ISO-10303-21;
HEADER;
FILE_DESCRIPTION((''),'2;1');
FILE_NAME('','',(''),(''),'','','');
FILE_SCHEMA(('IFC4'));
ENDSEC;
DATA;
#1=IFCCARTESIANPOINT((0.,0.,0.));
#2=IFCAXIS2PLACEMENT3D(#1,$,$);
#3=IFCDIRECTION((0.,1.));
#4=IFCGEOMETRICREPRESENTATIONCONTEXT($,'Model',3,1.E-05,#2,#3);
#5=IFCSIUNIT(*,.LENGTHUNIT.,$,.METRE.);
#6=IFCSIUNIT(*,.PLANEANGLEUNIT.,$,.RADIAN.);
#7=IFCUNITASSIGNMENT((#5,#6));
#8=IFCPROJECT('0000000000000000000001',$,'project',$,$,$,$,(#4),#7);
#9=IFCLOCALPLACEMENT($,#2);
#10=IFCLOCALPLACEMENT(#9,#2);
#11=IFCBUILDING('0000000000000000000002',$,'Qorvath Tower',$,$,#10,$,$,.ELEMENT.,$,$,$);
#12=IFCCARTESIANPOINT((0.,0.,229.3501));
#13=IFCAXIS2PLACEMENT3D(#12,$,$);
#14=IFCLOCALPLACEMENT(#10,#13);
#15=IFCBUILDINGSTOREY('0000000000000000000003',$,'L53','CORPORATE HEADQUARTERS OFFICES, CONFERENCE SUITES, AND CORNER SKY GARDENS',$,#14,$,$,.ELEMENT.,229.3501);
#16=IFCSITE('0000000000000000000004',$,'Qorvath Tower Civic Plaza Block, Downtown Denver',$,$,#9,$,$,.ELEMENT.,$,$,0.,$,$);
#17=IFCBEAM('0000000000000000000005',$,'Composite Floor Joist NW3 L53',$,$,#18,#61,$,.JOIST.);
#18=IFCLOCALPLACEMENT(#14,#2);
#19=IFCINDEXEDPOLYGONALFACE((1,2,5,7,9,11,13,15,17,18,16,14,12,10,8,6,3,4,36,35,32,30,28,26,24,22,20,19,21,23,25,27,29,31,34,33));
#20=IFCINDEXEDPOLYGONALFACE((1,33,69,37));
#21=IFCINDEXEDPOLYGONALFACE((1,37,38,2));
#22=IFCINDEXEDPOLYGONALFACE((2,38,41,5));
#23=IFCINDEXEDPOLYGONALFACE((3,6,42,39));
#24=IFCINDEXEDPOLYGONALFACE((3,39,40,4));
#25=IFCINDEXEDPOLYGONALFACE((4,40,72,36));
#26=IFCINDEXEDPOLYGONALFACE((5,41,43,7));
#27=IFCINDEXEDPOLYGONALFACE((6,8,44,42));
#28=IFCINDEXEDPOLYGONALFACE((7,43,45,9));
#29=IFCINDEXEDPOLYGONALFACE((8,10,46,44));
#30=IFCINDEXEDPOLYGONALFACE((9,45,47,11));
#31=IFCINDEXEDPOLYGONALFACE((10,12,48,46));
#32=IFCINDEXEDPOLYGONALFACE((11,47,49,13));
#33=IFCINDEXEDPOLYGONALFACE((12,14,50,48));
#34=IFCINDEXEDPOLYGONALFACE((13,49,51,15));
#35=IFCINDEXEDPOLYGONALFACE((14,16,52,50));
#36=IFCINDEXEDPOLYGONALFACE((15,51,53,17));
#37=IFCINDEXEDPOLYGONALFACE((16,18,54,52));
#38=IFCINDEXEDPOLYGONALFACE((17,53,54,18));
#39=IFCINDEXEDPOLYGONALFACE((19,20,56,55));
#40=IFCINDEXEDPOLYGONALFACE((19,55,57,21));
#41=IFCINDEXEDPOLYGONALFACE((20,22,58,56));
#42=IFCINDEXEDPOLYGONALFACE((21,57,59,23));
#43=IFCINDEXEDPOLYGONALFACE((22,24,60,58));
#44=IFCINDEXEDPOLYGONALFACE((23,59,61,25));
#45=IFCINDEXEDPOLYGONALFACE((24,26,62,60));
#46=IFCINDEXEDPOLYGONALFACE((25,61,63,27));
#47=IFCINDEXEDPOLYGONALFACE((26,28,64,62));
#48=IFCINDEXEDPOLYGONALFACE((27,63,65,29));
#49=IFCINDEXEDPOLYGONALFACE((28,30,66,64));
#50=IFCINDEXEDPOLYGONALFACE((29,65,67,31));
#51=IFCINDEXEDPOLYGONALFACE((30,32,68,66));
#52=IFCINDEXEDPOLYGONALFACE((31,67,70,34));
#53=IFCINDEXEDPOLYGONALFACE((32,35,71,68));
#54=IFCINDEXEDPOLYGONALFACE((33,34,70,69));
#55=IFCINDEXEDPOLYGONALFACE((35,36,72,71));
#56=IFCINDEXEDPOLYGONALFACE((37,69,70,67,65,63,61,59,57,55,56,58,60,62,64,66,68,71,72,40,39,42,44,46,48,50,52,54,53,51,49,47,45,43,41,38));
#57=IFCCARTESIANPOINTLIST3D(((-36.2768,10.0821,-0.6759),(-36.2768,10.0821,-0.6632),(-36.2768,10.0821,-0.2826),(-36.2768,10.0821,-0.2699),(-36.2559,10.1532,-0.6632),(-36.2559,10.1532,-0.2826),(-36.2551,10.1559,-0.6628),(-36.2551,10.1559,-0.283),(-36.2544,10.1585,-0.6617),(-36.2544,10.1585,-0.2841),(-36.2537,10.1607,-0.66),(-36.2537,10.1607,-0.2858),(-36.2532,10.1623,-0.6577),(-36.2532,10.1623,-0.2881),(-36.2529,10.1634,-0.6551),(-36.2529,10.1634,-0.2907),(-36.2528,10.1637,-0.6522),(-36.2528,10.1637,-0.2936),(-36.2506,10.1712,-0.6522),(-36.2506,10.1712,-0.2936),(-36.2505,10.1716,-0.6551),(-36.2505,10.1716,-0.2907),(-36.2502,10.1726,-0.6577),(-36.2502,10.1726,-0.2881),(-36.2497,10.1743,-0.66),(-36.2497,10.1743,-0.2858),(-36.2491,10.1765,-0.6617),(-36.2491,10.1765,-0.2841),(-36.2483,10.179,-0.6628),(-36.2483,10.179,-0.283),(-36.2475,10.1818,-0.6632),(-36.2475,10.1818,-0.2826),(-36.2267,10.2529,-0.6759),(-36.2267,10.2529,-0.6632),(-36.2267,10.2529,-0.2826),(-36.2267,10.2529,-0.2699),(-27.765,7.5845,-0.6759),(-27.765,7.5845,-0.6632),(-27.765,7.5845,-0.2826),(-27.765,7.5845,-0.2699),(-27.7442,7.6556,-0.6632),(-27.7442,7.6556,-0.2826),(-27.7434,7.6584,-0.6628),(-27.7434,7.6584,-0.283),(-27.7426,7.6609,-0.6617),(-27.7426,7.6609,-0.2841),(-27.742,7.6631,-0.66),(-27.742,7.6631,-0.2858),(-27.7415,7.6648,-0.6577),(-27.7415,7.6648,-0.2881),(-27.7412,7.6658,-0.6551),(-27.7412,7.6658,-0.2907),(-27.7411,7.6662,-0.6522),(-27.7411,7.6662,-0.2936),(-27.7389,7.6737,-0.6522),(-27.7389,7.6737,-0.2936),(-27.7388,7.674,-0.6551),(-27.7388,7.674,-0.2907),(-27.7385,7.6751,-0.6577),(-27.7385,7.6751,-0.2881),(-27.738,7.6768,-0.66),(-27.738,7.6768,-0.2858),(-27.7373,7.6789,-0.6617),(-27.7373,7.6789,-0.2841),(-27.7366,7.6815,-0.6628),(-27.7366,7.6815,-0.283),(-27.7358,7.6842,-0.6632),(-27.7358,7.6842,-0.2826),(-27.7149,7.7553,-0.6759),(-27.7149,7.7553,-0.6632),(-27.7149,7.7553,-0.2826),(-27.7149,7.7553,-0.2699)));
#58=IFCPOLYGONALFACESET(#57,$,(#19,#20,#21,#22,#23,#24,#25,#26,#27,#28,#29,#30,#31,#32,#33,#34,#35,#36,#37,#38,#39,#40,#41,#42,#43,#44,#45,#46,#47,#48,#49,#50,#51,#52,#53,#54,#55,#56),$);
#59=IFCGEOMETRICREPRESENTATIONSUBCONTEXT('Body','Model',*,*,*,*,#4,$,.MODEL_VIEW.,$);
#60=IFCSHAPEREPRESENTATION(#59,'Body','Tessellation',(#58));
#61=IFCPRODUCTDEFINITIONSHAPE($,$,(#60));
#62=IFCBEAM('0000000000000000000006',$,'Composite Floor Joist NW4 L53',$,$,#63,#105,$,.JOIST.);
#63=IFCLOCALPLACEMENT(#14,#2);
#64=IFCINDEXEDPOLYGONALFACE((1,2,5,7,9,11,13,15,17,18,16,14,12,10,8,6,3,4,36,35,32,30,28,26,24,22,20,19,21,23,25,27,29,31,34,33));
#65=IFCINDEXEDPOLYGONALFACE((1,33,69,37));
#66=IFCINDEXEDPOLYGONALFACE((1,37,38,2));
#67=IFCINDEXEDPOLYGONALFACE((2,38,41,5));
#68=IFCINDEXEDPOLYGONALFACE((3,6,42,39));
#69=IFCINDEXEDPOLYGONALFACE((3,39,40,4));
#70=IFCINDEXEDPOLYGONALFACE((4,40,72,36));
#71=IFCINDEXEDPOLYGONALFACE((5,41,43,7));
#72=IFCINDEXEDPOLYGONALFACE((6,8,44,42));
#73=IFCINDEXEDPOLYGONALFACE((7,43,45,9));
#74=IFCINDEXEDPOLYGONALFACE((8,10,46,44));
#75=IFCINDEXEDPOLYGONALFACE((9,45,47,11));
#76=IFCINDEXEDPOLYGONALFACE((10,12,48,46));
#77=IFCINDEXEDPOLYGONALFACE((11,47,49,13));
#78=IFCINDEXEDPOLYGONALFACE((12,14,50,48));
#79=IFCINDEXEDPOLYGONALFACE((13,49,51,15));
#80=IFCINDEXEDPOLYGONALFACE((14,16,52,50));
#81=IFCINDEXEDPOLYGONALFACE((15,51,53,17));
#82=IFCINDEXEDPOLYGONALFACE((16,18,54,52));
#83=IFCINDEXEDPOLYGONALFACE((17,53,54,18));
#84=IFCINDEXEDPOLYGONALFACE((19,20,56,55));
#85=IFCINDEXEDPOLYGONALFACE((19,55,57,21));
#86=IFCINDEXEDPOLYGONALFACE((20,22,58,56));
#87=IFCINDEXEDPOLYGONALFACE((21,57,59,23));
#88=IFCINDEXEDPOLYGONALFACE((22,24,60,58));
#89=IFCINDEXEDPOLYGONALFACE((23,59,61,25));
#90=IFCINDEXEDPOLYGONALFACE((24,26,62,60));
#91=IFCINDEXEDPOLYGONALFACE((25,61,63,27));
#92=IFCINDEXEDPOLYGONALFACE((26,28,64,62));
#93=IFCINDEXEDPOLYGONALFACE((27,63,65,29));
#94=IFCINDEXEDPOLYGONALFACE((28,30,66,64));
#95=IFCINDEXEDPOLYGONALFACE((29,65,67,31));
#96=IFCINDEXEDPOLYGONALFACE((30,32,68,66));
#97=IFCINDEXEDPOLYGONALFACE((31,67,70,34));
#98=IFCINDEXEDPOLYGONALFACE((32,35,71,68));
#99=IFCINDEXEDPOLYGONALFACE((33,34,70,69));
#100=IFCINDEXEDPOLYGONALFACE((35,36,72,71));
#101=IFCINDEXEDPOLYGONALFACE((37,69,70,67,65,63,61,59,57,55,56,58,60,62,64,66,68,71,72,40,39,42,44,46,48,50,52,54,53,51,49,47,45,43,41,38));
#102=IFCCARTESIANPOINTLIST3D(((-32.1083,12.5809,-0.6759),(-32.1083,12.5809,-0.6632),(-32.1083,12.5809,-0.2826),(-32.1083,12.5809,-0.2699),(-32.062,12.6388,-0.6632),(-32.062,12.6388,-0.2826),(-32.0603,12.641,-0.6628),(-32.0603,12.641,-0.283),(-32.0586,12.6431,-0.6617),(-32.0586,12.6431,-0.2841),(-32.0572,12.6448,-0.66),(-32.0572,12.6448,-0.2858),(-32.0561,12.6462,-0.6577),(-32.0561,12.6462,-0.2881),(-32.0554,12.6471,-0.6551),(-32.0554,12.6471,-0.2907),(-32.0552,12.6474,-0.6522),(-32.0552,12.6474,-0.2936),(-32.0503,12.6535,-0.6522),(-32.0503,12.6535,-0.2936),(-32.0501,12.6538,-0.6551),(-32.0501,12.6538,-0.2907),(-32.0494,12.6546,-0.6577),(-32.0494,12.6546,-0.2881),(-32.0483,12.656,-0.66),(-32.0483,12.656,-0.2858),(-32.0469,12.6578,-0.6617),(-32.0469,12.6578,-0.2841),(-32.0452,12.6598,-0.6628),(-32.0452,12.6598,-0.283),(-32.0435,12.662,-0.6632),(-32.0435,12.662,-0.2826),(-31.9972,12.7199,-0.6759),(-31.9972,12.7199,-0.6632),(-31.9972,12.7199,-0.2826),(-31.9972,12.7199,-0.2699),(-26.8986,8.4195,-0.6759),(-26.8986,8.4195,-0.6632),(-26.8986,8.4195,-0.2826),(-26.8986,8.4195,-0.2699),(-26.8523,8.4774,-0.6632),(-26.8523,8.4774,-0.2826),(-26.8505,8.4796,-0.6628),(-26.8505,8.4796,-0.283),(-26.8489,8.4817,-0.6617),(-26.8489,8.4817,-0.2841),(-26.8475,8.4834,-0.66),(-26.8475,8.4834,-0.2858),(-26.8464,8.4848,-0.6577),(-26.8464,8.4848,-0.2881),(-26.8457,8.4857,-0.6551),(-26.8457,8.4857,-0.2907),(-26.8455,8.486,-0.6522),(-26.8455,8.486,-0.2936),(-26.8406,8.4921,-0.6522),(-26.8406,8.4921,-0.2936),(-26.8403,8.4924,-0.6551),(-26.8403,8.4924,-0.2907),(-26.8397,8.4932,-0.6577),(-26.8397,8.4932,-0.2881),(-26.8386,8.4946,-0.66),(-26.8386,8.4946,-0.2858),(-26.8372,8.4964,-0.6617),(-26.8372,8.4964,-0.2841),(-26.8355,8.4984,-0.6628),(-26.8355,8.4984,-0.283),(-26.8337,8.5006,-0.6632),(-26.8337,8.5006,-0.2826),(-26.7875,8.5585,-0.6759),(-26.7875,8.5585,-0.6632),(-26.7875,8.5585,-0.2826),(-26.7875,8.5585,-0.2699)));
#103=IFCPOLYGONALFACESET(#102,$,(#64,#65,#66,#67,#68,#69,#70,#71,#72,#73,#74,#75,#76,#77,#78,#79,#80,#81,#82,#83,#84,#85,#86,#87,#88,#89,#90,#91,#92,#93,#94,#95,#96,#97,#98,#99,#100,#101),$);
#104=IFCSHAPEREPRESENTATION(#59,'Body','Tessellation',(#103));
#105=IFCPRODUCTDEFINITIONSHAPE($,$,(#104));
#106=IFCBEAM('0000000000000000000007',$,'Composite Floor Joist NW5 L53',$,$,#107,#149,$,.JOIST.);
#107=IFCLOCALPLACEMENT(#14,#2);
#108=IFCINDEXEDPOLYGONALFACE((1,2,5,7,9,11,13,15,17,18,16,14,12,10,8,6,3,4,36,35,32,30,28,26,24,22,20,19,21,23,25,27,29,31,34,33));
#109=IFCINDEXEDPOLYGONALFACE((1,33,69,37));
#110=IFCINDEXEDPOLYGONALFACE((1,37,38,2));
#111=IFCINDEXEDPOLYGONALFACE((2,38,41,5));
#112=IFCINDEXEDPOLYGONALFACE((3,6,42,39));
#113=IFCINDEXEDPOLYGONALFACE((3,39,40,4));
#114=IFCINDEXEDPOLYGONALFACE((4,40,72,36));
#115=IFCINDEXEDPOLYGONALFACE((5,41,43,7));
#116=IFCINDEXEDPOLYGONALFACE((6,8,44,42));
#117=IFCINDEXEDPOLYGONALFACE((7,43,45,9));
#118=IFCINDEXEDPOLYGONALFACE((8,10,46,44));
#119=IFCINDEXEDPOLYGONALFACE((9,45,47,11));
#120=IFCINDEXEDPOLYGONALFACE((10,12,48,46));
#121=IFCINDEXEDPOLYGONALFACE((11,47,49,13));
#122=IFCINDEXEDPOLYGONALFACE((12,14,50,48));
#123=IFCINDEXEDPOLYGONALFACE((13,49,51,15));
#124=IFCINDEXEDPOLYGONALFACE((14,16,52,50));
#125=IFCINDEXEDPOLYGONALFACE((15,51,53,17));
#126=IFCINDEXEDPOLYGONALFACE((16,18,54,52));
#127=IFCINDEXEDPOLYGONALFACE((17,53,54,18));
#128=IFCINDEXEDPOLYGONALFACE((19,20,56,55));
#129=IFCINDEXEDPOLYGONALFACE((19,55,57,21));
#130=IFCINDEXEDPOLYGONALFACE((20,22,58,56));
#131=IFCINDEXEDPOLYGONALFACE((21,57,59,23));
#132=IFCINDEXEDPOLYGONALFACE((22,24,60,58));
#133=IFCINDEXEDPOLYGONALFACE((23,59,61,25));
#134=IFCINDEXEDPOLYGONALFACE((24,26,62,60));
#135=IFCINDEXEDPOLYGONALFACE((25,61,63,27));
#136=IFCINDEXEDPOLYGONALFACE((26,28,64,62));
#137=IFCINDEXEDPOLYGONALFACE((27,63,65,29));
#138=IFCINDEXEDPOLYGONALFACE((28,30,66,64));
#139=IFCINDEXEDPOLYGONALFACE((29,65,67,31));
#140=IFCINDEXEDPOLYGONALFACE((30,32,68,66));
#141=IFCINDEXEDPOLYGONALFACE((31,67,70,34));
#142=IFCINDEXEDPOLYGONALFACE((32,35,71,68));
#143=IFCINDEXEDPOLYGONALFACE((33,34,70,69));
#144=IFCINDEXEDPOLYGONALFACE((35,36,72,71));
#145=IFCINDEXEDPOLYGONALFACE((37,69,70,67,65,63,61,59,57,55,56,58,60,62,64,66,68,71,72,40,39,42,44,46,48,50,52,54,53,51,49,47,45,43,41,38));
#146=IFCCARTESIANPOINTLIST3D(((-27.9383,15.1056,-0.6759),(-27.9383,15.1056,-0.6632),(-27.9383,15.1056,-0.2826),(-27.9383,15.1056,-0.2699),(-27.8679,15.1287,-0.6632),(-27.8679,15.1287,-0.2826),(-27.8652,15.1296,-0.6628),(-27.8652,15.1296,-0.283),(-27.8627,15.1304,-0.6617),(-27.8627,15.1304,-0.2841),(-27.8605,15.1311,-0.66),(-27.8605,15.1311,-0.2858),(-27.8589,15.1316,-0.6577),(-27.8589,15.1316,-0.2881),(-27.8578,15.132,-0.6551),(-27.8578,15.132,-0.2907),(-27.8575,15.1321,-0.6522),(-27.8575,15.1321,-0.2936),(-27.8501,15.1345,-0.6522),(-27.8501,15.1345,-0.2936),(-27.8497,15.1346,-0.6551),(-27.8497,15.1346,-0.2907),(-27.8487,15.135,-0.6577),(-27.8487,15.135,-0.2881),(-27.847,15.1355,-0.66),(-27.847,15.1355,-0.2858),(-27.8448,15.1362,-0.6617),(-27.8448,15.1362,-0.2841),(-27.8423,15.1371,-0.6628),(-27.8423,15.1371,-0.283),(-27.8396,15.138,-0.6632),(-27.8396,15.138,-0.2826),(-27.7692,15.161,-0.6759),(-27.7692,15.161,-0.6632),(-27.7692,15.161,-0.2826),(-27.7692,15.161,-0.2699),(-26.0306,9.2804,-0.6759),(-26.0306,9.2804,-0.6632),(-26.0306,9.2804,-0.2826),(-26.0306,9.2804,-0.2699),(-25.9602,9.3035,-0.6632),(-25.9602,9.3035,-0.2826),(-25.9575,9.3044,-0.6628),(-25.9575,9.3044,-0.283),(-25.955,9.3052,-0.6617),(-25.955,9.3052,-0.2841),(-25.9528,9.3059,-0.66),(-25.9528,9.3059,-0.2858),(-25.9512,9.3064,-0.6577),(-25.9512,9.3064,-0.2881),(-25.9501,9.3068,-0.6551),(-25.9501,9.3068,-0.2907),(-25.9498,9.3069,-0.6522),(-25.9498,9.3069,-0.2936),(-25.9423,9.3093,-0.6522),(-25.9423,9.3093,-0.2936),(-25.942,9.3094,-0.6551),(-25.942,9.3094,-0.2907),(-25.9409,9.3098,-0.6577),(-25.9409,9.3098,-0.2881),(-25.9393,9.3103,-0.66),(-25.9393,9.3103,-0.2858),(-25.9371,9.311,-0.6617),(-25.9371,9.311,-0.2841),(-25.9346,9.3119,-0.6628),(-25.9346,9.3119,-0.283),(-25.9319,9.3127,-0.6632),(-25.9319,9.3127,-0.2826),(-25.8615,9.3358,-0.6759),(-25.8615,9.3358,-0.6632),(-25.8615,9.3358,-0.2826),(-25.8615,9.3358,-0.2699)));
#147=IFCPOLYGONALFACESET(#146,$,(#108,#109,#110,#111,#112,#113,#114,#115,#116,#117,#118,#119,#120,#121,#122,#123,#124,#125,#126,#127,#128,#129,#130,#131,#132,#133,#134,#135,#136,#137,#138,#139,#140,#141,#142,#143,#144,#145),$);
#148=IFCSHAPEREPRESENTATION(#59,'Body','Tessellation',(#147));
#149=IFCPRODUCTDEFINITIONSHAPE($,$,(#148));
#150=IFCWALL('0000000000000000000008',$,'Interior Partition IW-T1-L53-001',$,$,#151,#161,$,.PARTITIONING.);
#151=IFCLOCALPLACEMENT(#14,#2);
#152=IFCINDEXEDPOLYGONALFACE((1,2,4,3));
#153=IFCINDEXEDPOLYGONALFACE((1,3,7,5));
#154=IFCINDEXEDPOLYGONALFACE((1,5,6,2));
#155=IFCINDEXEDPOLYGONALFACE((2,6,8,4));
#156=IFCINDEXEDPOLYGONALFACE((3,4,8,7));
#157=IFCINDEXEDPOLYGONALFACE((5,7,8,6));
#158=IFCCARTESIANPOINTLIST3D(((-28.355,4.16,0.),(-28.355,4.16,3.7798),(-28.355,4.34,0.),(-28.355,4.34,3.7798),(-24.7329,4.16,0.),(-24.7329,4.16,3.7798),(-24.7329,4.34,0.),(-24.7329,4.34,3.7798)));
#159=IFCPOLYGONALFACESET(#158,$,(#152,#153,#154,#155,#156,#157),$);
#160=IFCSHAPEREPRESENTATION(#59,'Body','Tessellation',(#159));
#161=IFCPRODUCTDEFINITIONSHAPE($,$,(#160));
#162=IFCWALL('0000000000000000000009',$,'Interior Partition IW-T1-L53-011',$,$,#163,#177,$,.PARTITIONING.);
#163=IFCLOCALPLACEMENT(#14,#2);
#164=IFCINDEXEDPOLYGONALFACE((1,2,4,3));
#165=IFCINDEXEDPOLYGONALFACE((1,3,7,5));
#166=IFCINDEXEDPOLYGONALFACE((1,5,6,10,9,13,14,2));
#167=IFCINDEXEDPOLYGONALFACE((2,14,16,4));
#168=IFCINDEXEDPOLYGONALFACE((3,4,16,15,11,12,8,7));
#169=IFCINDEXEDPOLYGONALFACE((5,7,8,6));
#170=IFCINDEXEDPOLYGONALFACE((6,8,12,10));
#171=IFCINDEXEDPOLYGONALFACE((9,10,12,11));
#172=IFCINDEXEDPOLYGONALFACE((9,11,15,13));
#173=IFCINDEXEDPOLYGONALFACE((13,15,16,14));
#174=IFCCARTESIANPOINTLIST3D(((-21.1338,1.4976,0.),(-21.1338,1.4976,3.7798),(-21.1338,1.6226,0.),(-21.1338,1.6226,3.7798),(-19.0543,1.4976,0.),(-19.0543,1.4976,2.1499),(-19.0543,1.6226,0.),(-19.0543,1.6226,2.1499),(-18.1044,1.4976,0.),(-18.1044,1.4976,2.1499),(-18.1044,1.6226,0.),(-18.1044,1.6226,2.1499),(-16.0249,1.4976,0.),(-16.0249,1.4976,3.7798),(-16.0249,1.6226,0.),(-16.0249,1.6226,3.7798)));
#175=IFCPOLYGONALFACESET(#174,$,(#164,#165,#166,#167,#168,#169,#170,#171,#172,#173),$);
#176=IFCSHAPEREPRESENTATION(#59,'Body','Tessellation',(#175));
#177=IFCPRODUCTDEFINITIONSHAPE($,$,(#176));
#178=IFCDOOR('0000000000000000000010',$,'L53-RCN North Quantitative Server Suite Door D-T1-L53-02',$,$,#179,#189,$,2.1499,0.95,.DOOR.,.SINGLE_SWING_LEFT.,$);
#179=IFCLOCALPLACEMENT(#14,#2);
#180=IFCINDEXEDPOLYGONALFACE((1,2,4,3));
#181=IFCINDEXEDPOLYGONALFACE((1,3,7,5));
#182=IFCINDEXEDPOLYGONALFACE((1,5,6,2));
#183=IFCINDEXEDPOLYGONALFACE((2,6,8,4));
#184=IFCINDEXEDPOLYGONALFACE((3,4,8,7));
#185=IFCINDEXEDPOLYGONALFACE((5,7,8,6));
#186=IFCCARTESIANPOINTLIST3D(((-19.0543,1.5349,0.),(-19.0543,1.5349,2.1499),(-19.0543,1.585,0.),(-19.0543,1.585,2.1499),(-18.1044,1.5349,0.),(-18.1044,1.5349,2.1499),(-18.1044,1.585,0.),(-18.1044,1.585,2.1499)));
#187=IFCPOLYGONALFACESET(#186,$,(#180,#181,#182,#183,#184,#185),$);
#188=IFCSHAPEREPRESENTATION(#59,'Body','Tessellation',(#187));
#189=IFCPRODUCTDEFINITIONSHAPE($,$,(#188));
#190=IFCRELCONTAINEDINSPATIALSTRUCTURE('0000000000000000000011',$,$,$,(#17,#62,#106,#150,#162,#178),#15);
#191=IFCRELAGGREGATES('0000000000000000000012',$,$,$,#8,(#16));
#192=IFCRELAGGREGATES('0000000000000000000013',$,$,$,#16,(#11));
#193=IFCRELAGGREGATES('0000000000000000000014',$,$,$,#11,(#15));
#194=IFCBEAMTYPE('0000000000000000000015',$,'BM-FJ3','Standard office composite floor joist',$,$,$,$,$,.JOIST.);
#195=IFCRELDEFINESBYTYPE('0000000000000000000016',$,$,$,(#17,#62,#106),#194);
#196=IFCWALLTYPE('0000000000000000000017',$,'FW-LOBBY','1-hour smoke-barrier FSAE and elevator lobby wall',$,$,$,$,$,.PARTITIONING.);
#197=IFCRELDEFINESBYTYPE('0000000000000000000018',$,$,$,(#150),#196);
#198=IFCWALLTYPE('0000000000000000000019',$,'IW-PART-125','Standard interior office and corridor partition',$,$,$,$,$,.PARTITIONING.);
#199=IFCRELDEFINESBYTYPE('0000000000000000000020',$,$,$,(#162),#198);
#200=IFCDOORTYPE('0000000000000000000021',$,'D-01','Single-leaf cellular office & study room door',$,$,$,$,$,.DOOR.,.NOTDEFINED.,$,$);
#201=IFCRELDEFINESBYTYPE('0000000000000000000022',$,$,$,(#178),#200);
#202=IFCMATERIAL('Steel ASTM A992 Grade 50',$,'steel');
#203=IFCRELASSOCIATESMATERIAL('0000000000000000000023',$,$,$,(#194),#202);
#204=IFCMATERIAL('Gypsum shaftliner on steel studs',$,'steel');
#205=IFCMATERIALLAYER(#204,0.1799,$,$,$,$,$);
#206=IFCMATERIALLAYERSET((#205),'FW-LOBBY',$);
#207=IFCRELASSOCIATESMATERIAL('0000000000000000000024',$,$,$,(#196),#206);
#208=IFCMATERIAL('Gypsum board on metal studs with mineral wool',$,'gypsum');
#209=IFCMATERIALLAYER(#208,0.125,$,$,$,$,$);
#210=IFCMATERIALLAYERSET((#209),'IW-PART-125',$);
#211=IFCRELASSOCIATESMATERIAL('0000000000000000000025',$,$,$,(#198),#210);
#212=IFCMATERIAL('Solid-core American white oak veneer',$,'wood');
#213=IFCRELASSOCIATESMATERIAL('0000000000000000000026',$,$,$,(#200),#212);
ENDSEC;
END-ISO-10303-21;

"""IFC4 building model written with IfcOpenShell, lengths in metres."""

from ifc_helpers import new_model, si_unit, direction, frame, frame_2d, origin, origin_2d, place, context, subcontext, project, spatial, rectangle, i_section, extrude, material, layer, layer_set, material_profile, profile_set, type_object, element, fill, save


model = new_model("IFC4")

# Units and contexts
model_context = context("Model", 3, precision=1e-05, world=origin(), true_north=direction((0.0, 1.0)))
body_context = subcontext(model_context, "Body", "Model", "MODEL_VIEW")
ifc_project = project(units=[si_unit("LENGTHUNIT", "METRE"), si_unit("PLANEANGLEUNIT", "RADIAN")], contexts=[model_context])

# Site, building, storey
site_placement = place(None, origin())
site = spatial("IfcSite", under=ifc_project, at=site_placement, Name="Qorvath Tower Civic Plaza Block, Downtown Denver", CompositionType="ELEMENT", RefElevation=0.0)
building_placement = place(site_placement, origin())
building = spatial("IfcBuilding", under=site, at=building_placement, Name="Qorvath Tower", CompositionType="ELEMENT")
storey_placement = place(building_placement, frame((0.0, 0.0, 229.3501)))
storey = spatial("IfcBuildingStorey", under=building, at=storey_placement, Name="L53", Description="CORPORATE HEADQUARTERS OFFICES, CONFERENCE SUITES, AND CORNER SKY GARDENS", CompositionType="ELEMENT", Elevation=229.3501)

# Beams
ifc_material_1 = material(Name="Steel ASTM A992 Grade 50", Category="steel")
ifc_material_profile_1 = material_profile(ifc_material_1, i_section(OverallWidth=0.178, OverallDepth=0.406, WebThickness=0.0078, FlangeThickness=0.0127, FilletRadius=0.011, at=origin_2d()), Name="W16x40")
ifc_profile_set_1 = profile_set([ifc_material_profile_1], Name="Steel ASTM A992 Grade 50")
beam_type_1 = type_object("IfcBeamType", Name="BM-FJ3", Description="Standard office composite floor joist", PredefinedType="JOIST", material=ifc_profile_set_1)
beam_1_placement = place(storey_placement, frame((-27.74, 7.6699, -0.4729), z_axis=(-0.959545, 0.281555, 0.0), x_axis=(-0.281555, -0.959545, 0.0)))
element("IfcBeam", 1, at=beam_1_placement, inside=storey, type_object=beam_type_1, Name="Composite Floor Joist NW3 L53", PredefinedType="JOIST", context=body_context, shape_type="SweptSolid", body=[
    extrude(i_section(OverallWidth=0.178, OverallDepth=0.406, WebThickness=0.0078, FlangeThickness=0.0127, FilletRadius=0.011, at=origin_2d()), origin(), (0.0, 0.0, 1.0), 8.8706),
])
beam_2_placement = place(storey_placement, frame((-26.843, 8.489, -0.4729), z_axis=(-0.781337, 0.62411, 0.0), x_axis=(-0.62411, -0.781337, 0.0)))
element("IfcBeam", 2, at=beam_2_placement, inside=storey, type_object=beam_type_1, Name="Composite Floor Joist NW4 L53", PredefinedType="JOIST", context=body_context, shape_type="SweptSolid", body=[
    extrude(i_section(OverallWidth=0.178, OverallDepth=0.406, WebThickness=0.0078, FlangeThickness=0.0127, FilletRadius=0.011, at=origin_2d()), origin(), (0.0, 0.0, 1.0), 6.6677),
])
beam_3_placement = place(storey_placement, frame((-25.946, 9.3081, -0.4729), z_axis=(-0.311229, 0.950335, 0.0), x_axis=(-0.950335, -0.311229, 0.0)))
element("IfcBeam", 3, at=beam_3_placement, inside=storey, type_object=beam_type_1, Name="Composite Floor Joist NW5 L53", PredefinedType="JOIST", context=body_context, shape_type="SweptSolid", body=[
    extrude(i_section(OverallWidth=0.178, OverallDepth=0.406, WebThickness=0.0078, FlangeThickness=0.0127, FilletRadius=0.011, at=origin_2d()), origin(), (0.0, 0.0, 1.0), 6.1296),
])

# Wall
ifc_material_2 = material(Name="Gypsum shaftliner on steel studs", Category="steel")
ifc_layer_1 = layer(ifc_material_2, 0.1799)
ifc_layer_set_1 = layer_set([ifc_layer_1], Name="FW-LOBBY")
wall_type_1 = type_object("IfcWallType", Name="FW-LOBBY", Description="1-hour smoke-barrier FSAE and elevator lobby wall", PredefinedType="PARTITIONING", material=ifc_layer_set_1)
wall_1_placement = place(storey_placement, frame((-28.355, 4.25, 0.0), z_axis=(0.0, 0.0, 1.0), x_axis=(1.0, 0.0, 0.0)))
element("IfcWall", 4, at=wall_1_placement, inside=storey, type_object=wall_type_1, Name="Interior Partition IW-T1-L53-001", PredefinedType="PARTITIONING", context=body_context, shape_type="SweptSolid", body=[
    extrude(rectangle(XDim=3.6221, YDim=0.1799, at=frame_2d((1.811, 0.0))), origin(), (0.0, 0.0, 1.0), 3.7798),
])

# Wall, opening, door
ifc_material_3 = material(Name="Gypsum board on metal studs with mineral wool", Category="gypsum")
ifc_layer_2 = layer(ifc_material_3, 0.125)
ifc_layer_set_2 = layer_set([ifc_layer_2], Name="IW-PART-125")
wall_type_2 = type_object("IfcWallType", Name="IW-PART-125", Description="Standard interior office and corridor partition", PredefinedType="PARTITIONING", material=ifc_layer_set_2)
wall_2_placement = place(storey_placement, frame((-21.1338, 1.5601, 0.0), z_axis=(0.0, 0.0, 1.0), x_axis=(1.0, 0.0, 0.0)))
wall_2 = element("IfcWall", 5, at=wall_2_placement, inside=storey, type_object=wall_type_2, Name="Interior Partition IW-T1-L53-011", PredefinedType="PARTITIONING", context=body_context, shape_type="SweptSolid", body=[
    extrude(rectangle(XDim=5.1089, YDim=0.125, at=frame_2d((2.5544, 0.0))), origin(), (0.0, 0.0, 1.0), 3.7798),
])
opening_1_placement = place(wall_2_placement, frame((2.0793, 0.0, 0.0)))
opening_1 = element("IfcOpeningElement", 6, at=opening_1_placement, cuts=wall_2, PredefinedType="OPENING", context=body_context, shape_type="SweptSolid", body=[
    extrude(rectangle(XDim=0.95, YDim=2.1499, at=frame_2d((0.4751, 1.075))), frame((0.0, 0.0725, 0.0), z_axis=(0.0, -1.0, 0.0), x_axis=(1.0, 0.0, 0.0)), (0.0, 0.0, 1.0), 0.145),
])
ifc_material_4 = material(Name="Solid-core American white oak veneer", Category="wood")
door_type_1 = type_object("IfcDoorType", Name="D-01", Description="Single-leaf cellular office & study room door", OperationType="NOTDEFINED", PredefinedType="DOOR", material=ifc_material_4)
door_1_placement = place(opening_1_placement, origin())
door_1 = element("IfcDoor", 7, at=door_1_placement, inside=storey, type_object=door_type_1, Name="L53-RCN North Quantitative Server Suite Door D-T1-L53-02", OperationType="SINGLE_SWING_LEFT", OverallHeight=2.1499, OverallWidth=0.95, PredefinedType="DOOR", context=body_context, shape_type="SweptSolid", body=[
    extrude(rectangle(XDim=0.95, YDim=2.1499, at=frame_2d((0.4751, 1.075))), frame((0.0, 0.0249, 0.0), z_axis=(0.0, -1.0, 0.0), x_axis=(1.0, 0.0, 0.0)), (0.0, 0.0, 1.0), 0.05),
])
fill(opening_1, door_1)

save(model, "model.ifc")
